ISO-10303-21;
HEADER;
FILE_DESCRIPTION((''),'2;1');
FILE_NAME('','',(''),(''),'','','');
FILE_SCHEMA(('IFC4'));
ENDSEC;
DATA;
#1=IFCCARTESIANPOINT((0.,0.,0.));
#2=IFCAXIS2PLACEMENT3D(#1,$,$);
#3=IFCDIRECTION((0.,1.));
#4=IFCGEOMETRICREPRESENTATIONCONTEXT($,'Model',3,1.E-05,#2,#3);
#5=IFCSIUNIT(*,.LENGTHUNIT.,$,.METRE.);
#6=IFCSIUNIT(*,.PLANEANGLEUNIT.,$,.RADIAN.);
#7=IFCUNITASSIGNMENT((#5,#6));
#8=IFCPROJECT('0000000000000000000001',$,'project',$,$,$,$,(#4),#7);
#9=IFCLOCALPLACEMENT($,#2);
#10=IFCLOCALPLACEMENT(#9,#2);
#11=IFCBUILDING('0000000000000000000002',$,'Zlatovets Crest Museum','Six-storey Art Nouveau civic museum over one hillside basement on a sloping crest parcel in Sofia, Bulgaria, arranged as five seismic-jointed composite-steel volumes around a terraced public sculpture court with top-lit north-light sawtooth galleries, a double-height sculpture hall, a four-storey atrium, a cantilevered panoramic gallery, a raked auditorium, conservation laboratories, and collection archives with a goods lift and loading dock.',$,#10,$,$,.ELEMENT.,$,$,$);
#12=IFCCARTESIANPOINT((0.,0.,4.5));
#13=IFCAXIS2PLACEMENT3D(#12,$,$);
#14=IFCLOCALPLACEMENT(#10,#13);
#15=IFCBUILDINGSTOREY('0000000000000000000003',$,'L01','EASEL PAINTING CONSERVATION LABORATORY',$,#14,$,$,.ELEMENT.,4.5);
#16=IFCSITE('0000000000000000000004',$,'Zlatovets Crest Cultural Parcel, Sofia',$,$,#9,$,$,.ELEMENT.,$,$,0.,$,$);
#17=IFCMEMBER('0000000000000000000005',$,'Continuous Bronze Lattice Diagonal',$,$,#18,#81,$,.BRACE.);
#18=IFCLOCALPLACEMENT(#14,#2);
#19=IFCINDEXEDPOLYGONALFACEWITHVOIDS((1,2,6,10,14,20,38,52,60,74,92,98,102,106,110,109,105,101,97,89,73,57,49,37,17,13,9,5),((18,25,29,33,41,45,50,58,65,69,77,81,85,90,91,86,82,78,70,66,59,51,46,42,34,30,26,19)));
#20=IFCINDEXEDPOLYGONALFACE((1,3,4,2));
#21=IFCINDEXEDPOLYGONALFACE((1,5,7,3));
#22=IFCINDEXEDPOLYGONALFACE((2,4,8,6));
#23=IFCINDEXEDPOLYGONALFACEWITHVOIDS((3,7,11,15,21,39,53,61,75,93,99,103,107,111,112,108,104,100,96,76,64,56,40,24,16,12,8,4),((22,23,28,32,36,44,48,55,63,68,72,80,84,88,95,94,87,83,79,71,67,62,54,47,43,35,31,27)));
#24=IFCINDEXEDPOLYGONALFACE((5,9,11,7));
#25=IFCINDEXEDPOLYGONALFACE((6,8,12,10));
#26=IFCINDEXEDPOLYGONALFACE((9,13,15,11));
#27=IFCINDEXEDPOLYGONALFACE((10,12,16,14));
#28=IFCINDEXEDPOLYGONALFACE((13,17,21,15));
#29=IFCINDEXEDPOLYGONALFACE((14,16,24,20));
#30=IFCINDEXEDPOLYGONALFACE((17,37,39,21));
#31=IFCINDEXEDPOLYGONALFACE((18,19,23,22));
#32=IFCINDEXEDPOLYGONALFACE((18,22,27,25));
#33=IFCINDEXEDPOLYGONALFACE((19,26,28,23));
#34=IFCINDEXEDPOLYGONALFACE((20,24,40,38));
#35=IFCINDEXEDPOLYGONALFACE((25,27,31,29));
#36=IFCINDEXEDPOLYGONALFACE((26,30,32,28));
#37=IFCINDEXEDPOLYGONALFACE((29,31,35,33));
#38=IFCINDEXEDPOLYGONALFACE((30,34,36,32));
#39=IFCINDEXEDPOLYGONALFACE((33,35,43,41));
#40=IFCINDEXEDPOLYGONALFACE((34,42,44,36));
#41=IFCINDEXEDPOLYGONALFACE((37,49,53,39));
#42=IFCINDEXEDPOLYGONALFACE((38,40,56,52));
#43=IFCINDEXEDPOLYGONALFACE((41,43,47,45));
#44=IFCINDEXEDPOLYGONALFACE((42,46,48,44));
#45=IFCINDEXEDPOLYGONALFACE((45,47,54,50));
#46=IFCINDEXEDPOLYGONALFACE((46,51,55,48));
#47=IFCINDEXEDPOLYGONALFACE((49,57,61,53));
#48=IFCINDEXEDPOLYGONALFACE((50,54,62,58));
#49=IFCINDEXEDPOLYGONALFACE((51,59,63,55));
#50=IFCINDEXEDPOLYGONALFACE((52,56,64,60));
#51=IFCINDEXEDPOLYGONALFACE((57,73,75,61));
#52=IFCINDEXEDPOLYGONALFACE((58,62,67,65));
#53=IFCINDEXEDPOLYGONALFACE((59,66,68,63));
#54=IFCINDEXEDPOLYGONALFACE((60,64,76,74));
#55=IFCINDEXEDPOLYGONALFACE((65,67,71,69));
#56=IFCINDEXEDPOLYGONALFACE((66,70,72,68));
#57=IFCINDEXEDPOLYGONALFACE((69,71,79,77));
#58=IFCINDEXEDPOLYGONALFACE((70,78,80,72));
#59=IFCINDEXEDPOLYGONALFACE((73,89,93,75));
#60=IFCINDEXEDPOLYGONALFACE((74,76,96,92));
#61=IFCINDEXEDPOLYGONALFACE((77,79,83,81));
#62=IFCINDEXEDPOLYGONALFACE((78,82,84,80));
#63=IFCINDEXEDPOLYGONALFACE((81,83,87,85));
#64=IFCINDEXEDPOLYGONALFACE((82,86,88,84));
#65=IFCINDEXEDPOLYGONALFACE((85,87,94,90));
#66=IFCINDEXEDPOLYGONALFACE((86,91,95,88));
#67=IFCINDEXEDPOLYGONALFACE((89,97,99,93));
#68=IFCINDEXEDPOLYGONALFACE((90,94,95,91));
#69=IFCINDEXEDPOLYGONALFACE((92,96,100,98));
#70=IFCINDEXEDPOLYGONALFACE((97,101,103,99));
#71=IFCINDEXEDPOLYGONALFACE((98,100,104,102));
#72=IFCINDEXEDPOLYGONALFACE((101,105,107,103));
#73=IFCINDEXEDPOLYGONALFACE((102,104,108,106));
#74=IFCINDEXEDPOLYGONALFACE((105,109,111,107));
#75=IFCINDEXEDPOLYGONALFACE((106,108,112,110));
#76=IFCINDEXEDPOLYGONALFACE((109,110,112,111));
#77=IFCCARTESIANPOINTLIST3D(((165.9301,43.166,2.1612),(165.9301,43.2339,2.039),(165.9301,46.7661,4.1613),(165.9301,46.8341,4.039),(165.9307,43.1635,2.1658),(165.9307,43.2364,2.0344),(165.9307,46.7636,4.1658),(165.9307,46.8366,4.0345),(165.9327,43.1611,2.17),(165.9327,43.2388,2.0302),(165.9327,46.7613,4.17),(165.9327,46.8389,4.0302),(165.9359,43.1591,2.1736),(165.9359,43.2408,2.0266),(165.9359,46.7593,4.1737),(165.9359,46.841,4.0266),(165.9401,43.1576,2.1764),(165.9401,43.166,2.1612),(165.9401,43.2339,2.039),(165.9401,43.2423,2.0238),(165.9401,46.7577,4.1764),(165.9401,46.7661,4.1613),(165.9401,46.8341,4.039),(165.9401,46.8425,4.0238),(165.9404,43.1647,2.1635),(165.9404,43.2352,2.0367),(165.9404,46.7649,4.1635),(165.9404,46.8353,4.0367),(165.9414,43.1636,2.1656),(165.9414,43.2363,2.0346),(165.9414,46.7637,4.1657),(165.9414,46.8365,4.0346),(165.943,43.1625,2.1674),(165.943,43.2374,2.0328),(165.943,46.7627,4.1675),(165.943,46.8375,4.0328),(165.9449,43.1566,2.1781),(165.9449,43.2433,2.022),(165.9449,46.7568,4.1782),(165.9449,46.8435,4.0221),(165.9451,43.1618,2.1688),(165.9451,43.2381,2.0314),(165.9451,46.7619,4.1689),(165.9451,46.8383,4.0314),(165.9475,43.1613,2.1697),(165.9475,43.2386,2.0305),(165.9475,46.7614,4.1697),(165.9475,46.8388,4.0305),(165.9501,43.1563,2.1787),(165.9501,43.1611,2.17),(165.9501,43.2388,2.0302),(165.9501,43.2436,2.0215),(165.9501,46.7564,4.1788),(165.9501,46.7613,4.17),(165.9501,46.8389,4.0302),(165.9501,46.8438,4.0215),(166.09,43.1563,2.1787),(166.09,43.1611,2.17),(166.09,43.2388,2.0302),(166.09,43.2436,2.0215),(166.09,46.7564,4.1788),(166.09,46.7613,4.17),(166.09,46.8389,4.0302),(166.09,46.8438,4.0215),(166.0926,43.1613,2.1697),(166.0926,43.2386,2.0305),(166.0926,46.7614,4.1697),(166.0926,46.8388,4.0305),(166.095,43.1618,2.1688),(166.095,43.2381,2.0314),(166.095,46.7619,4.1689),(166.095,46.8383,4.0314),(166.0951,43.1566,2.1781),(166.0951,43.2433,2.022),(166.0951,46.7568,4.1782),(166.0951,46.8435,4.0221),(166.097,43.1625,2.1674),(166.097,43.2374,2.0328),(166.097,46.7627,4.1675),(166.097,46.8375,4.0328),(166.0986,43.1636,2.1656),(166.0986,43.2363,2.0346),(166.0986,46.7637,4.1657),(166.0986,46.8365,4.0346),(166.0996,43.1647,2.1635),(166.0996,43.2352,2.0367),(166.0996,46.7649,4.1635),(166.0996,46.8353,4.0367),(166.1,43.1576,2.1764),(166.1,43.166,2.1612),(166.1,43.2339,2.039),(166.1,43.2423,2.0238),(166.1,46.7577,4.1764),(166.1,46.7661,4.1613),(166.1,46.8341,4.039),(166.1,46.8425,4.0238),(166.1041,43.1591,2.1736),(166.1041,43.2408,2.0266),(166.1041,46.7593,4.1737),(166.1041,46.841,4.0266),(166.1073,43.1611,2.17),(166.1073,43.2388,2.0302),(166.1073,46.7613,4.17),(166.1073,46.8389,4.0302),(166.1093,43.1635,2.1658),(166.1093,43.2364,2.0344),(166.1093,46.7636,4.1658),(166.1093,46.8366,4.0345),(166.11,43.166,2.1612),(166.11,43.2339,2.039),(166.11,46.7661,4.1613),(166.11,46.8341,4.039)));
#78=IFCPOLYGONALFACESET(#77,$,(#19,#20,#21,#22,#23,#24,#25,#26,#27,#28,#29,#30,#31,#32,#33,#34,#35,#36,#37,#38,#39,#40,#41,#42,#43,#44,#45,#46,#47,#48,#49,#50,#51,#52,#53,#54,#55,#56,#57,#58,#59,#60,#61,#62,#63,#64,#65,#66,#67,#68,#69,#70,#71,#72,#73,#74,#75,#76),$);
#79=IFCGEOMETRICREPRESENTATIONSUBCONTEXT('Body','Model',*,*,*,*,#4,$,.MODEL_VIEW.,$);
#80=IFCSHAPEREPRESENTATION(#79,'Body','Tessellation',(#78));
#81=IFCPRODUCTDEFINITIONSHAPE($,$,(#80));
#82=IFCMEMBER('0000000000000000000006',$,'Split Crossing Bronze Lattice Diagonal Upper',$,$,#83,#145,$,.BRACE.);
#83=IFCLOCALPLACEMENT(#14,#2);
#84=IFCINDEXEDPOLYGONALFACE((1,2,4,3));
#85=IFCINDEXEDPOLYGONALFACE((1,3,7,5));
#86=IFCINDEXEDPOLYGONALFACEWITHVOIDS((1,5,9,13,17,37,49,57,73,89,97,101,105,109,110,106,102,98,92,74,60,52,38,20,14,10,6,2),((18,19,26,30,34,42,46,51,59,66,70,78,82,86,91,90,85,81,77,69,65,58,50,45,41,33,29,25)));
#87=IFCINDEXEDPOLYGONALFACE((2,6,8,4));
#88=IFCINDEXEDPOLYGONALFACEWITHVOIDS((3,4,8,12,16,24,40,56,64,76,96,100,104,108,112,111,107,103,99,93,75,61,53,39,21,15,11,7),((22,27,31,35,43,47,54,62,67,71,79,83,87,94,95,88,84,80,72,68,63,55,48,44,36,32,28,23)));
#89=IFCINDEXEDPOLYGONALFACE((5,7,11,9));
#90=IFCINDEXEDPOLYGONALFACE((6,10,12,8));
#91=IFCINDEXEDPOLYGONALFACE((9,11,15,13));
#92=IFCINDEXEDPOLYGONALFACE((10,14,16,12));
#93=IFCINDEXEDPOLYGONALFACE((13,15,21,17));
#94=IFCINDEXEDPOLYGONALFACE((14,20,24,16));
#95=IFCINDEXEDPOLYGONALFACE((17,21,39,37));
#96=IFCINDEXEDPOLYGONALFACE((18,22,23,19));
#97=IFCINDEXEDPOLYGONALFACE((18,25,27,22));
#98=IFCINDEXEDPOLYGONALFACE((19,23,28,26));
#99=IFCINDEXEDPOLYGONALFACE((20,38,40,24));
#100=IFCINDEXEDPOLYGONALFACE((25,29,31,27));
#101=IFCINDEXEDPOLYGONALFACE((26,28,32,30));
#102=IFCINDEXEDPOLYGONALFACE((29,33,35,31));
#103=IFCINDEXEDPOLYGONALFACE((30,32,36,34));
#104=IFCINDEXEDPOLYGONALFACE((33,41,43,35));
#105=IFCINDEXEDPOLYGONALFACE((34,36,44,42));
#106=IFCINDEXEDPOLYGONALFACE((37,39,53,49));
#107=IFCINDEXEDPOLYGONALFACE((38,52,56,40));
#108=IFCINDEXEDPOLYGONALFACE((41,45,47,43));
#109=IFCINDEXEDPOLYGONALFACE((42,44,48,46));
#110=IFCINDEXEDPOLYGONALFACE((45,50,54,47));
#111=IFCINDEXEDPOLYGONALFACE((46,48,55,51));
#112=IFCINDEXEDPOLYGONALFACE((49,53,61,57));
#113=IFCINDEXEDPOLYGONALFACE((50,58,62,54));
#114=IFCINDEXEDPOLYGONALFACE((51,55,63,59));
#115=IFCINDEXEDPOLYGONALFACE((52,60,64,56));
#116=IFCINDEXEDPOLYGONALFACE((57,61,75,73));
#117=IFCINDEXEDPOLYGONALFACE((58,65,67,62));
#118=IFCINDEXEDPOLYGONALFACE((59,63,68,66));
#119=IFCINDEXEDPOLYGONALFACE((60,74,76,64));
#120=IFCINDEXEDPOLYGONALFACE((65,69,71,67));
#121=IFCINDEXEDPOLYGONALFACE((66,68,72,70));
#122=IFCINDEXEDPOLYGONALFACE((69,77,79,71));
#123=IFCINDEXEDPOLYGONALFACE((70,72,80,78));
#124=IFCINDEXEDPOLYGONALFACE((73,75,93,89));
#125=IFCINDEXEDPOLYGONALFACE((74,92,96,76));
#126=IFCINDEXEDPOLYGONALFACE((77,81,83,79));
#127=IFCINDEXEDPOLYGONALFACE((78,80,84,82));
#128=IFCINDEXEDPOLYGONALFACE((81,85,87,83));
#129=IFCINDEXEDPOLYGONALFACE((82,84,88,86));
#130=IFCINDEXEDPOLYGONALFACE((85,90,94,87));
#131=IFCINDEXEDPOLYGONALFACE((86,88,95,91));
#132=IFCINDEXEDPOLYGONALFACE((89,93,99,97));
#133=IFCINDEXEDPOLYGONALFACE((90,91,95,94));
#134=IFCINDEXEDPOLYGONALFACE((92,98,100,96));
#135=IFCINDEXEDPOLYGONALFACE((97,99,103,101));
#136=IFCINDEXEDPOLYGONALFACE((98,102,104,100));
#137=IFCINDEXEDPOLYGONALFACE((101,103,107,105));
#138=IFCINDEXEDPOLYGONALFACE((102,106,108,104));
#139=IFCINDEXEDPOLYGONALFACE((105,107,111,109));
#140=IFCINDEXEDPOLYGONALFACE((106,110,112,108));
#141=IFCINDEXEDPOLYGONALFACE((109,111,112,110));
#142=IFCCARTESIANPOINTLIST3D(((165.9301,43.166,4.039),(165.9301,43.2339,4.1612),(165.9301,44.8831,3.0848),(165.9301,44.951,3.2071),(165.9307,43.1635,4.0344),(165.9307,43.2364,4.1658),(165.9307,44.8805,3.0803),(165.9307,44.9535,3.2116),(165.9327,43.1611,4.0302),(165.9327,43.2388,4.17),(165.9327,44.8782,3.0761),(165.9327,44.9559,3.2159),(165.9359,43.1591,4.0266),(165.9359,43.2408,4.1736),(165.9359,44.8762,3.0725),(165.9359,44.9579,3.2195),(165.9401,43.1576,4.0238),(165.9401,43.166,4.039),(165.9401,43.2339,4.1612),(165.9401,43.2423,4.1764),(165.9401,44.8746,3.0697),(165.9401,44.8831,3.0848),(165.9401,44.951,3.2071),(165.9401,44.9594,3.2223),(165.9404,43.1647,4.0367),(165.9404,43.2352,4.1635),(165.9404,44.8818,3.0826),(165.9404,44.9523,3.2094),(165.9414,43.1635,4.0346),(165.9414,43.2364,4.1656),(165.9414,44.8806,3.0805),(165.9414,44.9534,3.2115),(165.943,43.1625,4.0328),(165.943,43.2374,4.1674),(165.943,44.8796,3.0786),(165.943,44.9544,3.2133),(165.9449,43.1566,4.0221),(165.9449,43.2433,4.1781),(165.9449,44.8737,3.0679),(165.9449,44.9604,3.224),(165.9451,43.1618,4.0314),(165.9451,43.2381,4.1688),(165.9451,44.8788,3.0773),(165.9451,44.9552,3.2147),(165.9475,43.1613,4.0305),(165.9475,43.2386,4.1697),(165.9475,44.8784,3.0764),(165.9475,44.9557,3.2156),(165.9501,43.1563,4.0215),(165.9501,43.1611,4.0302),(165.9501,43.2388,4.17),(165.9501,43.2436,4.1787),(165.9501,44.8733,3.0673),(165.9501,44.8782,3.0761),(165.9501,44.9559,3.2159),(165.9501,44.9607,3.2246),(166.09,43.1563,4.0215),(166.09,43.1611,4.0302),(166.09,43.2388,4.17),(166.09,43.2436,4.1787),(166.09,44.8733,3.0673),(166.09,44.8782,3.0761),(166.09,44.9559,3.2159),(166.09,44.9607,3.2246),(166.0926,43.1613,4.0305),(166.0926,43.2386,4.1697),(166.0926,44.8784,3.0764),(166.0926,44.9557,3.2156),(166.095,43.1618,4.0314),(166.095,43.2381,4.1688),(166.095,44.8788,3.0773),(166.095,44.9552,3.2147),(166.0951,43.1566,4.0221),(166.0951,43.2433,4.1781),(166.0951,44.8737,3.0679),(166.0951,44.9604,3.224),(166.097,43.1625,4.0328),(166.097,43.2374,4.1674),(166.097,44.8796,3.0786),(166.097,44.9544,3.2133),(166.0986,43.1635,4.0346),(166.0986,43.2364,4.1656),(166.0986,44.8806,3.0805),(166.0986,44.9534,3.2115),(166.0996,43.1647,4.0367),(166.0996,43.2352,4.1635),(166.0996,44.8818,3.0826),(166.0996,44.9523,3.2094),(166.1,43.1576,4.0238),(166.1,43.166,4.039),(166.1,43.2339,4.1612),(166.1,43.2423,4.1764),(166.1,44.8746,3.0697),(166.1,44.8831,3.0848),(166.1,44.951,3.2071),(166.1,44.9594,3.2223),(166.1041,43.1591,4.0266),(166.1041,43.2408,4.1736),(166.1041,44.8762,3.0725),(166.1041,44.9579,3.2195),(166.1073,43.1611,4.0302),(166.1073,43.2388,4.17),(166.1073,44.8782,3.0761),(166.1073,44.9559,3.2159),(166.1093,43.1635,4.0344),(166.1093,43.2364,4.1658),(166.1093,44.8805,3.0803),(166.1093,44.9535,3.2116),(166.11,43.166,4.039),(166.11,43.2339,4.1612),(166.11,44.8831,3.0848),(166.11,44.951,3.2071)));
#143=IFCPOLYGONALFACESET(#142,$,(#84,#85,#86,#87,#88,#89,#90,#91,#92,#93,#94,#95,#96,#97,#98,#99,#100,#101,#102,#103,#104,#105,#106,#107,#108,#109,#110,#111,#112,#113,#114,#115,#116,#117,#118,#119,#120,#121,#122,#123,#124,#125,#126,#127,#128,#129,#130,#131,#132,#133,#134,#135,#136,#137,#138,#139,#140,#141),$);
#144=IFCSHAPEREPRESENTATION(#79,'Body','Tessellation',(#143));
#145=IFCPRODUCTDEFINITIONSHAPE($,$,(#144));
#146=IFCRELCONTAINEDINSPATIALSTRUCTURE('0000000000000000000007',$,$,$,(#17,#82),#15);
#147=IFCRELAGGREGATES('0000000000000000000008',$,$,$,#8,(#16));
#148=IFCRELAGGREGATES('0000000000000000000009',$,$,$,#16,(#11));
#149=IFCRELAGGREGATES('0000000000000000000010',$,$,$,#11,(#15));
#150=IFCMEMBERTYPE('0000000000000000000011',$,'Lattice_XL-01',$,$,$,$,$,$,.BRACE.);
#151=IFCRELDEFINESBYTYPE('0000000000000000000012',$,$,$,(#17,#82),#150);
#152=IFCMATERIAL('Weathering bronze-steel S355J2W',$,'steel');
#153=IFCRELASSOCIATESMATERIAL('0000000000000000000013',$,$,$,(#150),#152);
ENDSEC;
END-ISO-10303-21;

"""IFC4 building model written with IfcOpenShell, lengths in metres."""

from ifc_helpers import new_model, si_unit, direction, frame, origin, origin_2d, place, context, subcontext, project, spatial, hollow_rectangle, extrude, material, material_profile, profile_set, type_object, element, save


model = new_model("IFC4")

# Units and contexts
model_context = context("Model", 3, precision=1e-05, world=origin(), true_north=direction((0.0, 1.0)))
body_context = subcontext(model_context, "Body", "Model", "MODEL_VIEW")
ifc_project = project(units=[si_unit("LENGTHUNIT", "METRE"), si_unit("PLANEANGLEUNIT", "RADIAN")], contexts=[model_context])

# Site, building, storey
site_placement = place(None, origin())
site = spatial("IfcSite", under=ifc_project, at=site_placement, Name="Zlatovets Crest Cultural Parcel, Sofia", CompositionType="ELEMENT", RefElevation=0.0)
building_placement = place(site_placement, origin())
building = spatial("IfcBuilding", under=site, at=building_placement, Name="Zlatovets Crest Museum", Description="Six-storey Art Nouveau civic museum over one hillside basement on a sloping crest parcel in Sofia, Bulgaria, arranged as five seismic-jointed composite-steel volumes around a terraced public sculpture court with top-lit north-light sawtooth galleries, a double-height sculpture hall, a four-storey atrium, a cantilevered panoramic gallery, a raked auditorium, conservation laboratories, and collection archives with a goods lift and loading dock.", CompositionType="ELEMENT")
storey_placement = place(building_placement, frame((0.0, 0.0, 4.5)))
storey = spatial("IfcBuildingStorey", under=building, at=storey_placement, Name="L01", Description="EASEL PAINTING CONSERVATION LABORATORY", CompositionType="ELEMENT", Elevation=4.5)

# Members
ifc_material_1 = material(Name="Weathering bronze-steel S355J2W", Category="steel")
ifc_material_profile_1 = material_profile(ifc_material_1, hollow_rectangle(XDim=0.1799, YDim=0.1799, WallThickness=0.01, InnerFilletRadius=0.01, OuterFilletRadius=0.02, at=origin_2d()), Name="SHS 180x180x10.0")
ifc_profile_set_1 = profile_set([ifc_material_profile_1], Name="Weathering bronze-steel S355J2W")
member_type_1 = type_object("IfcMemberType", Name="Lattice_XL-01", PredefinedType="BRACE", material=ifc_profile_set_1)
member_1_placement = place(storey_placement, frame((166.02, 43.2, 2.1001), z_axis=(0.0, 0.874163, 0.485633), x_axis=(-1.0, 0.0, 0.0)))
element("IfcMember", 1, at=member_1_placement, inside=storey, type_object=member_type_1, Name="Continuous Bronze Lattice Diagonal", PredefinedType="BRACE", context=body_context, shape_type="SweptSolid", body=[
    extrude(hollow_rectangle(XDim=0.1799, YDim=0.1799, WallThickness=0.01, InnerFilletRadius=0.01, OuterFilletRadius=0.02, at=origin_2d()), origin(), (0.0, 0.0, 1.0), 4.1184),
])
member_2_placement = place(storey_placement, frame((166.02, 43.2, 4.1001), z_axis=(0.0, 0.874116, -0.485717), x_axis=(-1.0, 0.0, 0.0)))
element("IfcMember", 2, at=member_2_placement, inside=storey, type_object=member_type_1, Name="Split Crossing Bronze Lattice Diagonal Upper", PredefinedType="BRACE", context=body_context, shape_type="SweptSolid", body=[
    extrude(hollow_rectangle(XDim=0.1799, YDim=0.1799, WallThickness=0.01, InnerFilletRadius=0.01, OuterFilletRadius=0.02, at=origin_2d()), origin(), (0.0, 0.0, 1.0), 1.9644),
])

save(model, "model.ifc")
